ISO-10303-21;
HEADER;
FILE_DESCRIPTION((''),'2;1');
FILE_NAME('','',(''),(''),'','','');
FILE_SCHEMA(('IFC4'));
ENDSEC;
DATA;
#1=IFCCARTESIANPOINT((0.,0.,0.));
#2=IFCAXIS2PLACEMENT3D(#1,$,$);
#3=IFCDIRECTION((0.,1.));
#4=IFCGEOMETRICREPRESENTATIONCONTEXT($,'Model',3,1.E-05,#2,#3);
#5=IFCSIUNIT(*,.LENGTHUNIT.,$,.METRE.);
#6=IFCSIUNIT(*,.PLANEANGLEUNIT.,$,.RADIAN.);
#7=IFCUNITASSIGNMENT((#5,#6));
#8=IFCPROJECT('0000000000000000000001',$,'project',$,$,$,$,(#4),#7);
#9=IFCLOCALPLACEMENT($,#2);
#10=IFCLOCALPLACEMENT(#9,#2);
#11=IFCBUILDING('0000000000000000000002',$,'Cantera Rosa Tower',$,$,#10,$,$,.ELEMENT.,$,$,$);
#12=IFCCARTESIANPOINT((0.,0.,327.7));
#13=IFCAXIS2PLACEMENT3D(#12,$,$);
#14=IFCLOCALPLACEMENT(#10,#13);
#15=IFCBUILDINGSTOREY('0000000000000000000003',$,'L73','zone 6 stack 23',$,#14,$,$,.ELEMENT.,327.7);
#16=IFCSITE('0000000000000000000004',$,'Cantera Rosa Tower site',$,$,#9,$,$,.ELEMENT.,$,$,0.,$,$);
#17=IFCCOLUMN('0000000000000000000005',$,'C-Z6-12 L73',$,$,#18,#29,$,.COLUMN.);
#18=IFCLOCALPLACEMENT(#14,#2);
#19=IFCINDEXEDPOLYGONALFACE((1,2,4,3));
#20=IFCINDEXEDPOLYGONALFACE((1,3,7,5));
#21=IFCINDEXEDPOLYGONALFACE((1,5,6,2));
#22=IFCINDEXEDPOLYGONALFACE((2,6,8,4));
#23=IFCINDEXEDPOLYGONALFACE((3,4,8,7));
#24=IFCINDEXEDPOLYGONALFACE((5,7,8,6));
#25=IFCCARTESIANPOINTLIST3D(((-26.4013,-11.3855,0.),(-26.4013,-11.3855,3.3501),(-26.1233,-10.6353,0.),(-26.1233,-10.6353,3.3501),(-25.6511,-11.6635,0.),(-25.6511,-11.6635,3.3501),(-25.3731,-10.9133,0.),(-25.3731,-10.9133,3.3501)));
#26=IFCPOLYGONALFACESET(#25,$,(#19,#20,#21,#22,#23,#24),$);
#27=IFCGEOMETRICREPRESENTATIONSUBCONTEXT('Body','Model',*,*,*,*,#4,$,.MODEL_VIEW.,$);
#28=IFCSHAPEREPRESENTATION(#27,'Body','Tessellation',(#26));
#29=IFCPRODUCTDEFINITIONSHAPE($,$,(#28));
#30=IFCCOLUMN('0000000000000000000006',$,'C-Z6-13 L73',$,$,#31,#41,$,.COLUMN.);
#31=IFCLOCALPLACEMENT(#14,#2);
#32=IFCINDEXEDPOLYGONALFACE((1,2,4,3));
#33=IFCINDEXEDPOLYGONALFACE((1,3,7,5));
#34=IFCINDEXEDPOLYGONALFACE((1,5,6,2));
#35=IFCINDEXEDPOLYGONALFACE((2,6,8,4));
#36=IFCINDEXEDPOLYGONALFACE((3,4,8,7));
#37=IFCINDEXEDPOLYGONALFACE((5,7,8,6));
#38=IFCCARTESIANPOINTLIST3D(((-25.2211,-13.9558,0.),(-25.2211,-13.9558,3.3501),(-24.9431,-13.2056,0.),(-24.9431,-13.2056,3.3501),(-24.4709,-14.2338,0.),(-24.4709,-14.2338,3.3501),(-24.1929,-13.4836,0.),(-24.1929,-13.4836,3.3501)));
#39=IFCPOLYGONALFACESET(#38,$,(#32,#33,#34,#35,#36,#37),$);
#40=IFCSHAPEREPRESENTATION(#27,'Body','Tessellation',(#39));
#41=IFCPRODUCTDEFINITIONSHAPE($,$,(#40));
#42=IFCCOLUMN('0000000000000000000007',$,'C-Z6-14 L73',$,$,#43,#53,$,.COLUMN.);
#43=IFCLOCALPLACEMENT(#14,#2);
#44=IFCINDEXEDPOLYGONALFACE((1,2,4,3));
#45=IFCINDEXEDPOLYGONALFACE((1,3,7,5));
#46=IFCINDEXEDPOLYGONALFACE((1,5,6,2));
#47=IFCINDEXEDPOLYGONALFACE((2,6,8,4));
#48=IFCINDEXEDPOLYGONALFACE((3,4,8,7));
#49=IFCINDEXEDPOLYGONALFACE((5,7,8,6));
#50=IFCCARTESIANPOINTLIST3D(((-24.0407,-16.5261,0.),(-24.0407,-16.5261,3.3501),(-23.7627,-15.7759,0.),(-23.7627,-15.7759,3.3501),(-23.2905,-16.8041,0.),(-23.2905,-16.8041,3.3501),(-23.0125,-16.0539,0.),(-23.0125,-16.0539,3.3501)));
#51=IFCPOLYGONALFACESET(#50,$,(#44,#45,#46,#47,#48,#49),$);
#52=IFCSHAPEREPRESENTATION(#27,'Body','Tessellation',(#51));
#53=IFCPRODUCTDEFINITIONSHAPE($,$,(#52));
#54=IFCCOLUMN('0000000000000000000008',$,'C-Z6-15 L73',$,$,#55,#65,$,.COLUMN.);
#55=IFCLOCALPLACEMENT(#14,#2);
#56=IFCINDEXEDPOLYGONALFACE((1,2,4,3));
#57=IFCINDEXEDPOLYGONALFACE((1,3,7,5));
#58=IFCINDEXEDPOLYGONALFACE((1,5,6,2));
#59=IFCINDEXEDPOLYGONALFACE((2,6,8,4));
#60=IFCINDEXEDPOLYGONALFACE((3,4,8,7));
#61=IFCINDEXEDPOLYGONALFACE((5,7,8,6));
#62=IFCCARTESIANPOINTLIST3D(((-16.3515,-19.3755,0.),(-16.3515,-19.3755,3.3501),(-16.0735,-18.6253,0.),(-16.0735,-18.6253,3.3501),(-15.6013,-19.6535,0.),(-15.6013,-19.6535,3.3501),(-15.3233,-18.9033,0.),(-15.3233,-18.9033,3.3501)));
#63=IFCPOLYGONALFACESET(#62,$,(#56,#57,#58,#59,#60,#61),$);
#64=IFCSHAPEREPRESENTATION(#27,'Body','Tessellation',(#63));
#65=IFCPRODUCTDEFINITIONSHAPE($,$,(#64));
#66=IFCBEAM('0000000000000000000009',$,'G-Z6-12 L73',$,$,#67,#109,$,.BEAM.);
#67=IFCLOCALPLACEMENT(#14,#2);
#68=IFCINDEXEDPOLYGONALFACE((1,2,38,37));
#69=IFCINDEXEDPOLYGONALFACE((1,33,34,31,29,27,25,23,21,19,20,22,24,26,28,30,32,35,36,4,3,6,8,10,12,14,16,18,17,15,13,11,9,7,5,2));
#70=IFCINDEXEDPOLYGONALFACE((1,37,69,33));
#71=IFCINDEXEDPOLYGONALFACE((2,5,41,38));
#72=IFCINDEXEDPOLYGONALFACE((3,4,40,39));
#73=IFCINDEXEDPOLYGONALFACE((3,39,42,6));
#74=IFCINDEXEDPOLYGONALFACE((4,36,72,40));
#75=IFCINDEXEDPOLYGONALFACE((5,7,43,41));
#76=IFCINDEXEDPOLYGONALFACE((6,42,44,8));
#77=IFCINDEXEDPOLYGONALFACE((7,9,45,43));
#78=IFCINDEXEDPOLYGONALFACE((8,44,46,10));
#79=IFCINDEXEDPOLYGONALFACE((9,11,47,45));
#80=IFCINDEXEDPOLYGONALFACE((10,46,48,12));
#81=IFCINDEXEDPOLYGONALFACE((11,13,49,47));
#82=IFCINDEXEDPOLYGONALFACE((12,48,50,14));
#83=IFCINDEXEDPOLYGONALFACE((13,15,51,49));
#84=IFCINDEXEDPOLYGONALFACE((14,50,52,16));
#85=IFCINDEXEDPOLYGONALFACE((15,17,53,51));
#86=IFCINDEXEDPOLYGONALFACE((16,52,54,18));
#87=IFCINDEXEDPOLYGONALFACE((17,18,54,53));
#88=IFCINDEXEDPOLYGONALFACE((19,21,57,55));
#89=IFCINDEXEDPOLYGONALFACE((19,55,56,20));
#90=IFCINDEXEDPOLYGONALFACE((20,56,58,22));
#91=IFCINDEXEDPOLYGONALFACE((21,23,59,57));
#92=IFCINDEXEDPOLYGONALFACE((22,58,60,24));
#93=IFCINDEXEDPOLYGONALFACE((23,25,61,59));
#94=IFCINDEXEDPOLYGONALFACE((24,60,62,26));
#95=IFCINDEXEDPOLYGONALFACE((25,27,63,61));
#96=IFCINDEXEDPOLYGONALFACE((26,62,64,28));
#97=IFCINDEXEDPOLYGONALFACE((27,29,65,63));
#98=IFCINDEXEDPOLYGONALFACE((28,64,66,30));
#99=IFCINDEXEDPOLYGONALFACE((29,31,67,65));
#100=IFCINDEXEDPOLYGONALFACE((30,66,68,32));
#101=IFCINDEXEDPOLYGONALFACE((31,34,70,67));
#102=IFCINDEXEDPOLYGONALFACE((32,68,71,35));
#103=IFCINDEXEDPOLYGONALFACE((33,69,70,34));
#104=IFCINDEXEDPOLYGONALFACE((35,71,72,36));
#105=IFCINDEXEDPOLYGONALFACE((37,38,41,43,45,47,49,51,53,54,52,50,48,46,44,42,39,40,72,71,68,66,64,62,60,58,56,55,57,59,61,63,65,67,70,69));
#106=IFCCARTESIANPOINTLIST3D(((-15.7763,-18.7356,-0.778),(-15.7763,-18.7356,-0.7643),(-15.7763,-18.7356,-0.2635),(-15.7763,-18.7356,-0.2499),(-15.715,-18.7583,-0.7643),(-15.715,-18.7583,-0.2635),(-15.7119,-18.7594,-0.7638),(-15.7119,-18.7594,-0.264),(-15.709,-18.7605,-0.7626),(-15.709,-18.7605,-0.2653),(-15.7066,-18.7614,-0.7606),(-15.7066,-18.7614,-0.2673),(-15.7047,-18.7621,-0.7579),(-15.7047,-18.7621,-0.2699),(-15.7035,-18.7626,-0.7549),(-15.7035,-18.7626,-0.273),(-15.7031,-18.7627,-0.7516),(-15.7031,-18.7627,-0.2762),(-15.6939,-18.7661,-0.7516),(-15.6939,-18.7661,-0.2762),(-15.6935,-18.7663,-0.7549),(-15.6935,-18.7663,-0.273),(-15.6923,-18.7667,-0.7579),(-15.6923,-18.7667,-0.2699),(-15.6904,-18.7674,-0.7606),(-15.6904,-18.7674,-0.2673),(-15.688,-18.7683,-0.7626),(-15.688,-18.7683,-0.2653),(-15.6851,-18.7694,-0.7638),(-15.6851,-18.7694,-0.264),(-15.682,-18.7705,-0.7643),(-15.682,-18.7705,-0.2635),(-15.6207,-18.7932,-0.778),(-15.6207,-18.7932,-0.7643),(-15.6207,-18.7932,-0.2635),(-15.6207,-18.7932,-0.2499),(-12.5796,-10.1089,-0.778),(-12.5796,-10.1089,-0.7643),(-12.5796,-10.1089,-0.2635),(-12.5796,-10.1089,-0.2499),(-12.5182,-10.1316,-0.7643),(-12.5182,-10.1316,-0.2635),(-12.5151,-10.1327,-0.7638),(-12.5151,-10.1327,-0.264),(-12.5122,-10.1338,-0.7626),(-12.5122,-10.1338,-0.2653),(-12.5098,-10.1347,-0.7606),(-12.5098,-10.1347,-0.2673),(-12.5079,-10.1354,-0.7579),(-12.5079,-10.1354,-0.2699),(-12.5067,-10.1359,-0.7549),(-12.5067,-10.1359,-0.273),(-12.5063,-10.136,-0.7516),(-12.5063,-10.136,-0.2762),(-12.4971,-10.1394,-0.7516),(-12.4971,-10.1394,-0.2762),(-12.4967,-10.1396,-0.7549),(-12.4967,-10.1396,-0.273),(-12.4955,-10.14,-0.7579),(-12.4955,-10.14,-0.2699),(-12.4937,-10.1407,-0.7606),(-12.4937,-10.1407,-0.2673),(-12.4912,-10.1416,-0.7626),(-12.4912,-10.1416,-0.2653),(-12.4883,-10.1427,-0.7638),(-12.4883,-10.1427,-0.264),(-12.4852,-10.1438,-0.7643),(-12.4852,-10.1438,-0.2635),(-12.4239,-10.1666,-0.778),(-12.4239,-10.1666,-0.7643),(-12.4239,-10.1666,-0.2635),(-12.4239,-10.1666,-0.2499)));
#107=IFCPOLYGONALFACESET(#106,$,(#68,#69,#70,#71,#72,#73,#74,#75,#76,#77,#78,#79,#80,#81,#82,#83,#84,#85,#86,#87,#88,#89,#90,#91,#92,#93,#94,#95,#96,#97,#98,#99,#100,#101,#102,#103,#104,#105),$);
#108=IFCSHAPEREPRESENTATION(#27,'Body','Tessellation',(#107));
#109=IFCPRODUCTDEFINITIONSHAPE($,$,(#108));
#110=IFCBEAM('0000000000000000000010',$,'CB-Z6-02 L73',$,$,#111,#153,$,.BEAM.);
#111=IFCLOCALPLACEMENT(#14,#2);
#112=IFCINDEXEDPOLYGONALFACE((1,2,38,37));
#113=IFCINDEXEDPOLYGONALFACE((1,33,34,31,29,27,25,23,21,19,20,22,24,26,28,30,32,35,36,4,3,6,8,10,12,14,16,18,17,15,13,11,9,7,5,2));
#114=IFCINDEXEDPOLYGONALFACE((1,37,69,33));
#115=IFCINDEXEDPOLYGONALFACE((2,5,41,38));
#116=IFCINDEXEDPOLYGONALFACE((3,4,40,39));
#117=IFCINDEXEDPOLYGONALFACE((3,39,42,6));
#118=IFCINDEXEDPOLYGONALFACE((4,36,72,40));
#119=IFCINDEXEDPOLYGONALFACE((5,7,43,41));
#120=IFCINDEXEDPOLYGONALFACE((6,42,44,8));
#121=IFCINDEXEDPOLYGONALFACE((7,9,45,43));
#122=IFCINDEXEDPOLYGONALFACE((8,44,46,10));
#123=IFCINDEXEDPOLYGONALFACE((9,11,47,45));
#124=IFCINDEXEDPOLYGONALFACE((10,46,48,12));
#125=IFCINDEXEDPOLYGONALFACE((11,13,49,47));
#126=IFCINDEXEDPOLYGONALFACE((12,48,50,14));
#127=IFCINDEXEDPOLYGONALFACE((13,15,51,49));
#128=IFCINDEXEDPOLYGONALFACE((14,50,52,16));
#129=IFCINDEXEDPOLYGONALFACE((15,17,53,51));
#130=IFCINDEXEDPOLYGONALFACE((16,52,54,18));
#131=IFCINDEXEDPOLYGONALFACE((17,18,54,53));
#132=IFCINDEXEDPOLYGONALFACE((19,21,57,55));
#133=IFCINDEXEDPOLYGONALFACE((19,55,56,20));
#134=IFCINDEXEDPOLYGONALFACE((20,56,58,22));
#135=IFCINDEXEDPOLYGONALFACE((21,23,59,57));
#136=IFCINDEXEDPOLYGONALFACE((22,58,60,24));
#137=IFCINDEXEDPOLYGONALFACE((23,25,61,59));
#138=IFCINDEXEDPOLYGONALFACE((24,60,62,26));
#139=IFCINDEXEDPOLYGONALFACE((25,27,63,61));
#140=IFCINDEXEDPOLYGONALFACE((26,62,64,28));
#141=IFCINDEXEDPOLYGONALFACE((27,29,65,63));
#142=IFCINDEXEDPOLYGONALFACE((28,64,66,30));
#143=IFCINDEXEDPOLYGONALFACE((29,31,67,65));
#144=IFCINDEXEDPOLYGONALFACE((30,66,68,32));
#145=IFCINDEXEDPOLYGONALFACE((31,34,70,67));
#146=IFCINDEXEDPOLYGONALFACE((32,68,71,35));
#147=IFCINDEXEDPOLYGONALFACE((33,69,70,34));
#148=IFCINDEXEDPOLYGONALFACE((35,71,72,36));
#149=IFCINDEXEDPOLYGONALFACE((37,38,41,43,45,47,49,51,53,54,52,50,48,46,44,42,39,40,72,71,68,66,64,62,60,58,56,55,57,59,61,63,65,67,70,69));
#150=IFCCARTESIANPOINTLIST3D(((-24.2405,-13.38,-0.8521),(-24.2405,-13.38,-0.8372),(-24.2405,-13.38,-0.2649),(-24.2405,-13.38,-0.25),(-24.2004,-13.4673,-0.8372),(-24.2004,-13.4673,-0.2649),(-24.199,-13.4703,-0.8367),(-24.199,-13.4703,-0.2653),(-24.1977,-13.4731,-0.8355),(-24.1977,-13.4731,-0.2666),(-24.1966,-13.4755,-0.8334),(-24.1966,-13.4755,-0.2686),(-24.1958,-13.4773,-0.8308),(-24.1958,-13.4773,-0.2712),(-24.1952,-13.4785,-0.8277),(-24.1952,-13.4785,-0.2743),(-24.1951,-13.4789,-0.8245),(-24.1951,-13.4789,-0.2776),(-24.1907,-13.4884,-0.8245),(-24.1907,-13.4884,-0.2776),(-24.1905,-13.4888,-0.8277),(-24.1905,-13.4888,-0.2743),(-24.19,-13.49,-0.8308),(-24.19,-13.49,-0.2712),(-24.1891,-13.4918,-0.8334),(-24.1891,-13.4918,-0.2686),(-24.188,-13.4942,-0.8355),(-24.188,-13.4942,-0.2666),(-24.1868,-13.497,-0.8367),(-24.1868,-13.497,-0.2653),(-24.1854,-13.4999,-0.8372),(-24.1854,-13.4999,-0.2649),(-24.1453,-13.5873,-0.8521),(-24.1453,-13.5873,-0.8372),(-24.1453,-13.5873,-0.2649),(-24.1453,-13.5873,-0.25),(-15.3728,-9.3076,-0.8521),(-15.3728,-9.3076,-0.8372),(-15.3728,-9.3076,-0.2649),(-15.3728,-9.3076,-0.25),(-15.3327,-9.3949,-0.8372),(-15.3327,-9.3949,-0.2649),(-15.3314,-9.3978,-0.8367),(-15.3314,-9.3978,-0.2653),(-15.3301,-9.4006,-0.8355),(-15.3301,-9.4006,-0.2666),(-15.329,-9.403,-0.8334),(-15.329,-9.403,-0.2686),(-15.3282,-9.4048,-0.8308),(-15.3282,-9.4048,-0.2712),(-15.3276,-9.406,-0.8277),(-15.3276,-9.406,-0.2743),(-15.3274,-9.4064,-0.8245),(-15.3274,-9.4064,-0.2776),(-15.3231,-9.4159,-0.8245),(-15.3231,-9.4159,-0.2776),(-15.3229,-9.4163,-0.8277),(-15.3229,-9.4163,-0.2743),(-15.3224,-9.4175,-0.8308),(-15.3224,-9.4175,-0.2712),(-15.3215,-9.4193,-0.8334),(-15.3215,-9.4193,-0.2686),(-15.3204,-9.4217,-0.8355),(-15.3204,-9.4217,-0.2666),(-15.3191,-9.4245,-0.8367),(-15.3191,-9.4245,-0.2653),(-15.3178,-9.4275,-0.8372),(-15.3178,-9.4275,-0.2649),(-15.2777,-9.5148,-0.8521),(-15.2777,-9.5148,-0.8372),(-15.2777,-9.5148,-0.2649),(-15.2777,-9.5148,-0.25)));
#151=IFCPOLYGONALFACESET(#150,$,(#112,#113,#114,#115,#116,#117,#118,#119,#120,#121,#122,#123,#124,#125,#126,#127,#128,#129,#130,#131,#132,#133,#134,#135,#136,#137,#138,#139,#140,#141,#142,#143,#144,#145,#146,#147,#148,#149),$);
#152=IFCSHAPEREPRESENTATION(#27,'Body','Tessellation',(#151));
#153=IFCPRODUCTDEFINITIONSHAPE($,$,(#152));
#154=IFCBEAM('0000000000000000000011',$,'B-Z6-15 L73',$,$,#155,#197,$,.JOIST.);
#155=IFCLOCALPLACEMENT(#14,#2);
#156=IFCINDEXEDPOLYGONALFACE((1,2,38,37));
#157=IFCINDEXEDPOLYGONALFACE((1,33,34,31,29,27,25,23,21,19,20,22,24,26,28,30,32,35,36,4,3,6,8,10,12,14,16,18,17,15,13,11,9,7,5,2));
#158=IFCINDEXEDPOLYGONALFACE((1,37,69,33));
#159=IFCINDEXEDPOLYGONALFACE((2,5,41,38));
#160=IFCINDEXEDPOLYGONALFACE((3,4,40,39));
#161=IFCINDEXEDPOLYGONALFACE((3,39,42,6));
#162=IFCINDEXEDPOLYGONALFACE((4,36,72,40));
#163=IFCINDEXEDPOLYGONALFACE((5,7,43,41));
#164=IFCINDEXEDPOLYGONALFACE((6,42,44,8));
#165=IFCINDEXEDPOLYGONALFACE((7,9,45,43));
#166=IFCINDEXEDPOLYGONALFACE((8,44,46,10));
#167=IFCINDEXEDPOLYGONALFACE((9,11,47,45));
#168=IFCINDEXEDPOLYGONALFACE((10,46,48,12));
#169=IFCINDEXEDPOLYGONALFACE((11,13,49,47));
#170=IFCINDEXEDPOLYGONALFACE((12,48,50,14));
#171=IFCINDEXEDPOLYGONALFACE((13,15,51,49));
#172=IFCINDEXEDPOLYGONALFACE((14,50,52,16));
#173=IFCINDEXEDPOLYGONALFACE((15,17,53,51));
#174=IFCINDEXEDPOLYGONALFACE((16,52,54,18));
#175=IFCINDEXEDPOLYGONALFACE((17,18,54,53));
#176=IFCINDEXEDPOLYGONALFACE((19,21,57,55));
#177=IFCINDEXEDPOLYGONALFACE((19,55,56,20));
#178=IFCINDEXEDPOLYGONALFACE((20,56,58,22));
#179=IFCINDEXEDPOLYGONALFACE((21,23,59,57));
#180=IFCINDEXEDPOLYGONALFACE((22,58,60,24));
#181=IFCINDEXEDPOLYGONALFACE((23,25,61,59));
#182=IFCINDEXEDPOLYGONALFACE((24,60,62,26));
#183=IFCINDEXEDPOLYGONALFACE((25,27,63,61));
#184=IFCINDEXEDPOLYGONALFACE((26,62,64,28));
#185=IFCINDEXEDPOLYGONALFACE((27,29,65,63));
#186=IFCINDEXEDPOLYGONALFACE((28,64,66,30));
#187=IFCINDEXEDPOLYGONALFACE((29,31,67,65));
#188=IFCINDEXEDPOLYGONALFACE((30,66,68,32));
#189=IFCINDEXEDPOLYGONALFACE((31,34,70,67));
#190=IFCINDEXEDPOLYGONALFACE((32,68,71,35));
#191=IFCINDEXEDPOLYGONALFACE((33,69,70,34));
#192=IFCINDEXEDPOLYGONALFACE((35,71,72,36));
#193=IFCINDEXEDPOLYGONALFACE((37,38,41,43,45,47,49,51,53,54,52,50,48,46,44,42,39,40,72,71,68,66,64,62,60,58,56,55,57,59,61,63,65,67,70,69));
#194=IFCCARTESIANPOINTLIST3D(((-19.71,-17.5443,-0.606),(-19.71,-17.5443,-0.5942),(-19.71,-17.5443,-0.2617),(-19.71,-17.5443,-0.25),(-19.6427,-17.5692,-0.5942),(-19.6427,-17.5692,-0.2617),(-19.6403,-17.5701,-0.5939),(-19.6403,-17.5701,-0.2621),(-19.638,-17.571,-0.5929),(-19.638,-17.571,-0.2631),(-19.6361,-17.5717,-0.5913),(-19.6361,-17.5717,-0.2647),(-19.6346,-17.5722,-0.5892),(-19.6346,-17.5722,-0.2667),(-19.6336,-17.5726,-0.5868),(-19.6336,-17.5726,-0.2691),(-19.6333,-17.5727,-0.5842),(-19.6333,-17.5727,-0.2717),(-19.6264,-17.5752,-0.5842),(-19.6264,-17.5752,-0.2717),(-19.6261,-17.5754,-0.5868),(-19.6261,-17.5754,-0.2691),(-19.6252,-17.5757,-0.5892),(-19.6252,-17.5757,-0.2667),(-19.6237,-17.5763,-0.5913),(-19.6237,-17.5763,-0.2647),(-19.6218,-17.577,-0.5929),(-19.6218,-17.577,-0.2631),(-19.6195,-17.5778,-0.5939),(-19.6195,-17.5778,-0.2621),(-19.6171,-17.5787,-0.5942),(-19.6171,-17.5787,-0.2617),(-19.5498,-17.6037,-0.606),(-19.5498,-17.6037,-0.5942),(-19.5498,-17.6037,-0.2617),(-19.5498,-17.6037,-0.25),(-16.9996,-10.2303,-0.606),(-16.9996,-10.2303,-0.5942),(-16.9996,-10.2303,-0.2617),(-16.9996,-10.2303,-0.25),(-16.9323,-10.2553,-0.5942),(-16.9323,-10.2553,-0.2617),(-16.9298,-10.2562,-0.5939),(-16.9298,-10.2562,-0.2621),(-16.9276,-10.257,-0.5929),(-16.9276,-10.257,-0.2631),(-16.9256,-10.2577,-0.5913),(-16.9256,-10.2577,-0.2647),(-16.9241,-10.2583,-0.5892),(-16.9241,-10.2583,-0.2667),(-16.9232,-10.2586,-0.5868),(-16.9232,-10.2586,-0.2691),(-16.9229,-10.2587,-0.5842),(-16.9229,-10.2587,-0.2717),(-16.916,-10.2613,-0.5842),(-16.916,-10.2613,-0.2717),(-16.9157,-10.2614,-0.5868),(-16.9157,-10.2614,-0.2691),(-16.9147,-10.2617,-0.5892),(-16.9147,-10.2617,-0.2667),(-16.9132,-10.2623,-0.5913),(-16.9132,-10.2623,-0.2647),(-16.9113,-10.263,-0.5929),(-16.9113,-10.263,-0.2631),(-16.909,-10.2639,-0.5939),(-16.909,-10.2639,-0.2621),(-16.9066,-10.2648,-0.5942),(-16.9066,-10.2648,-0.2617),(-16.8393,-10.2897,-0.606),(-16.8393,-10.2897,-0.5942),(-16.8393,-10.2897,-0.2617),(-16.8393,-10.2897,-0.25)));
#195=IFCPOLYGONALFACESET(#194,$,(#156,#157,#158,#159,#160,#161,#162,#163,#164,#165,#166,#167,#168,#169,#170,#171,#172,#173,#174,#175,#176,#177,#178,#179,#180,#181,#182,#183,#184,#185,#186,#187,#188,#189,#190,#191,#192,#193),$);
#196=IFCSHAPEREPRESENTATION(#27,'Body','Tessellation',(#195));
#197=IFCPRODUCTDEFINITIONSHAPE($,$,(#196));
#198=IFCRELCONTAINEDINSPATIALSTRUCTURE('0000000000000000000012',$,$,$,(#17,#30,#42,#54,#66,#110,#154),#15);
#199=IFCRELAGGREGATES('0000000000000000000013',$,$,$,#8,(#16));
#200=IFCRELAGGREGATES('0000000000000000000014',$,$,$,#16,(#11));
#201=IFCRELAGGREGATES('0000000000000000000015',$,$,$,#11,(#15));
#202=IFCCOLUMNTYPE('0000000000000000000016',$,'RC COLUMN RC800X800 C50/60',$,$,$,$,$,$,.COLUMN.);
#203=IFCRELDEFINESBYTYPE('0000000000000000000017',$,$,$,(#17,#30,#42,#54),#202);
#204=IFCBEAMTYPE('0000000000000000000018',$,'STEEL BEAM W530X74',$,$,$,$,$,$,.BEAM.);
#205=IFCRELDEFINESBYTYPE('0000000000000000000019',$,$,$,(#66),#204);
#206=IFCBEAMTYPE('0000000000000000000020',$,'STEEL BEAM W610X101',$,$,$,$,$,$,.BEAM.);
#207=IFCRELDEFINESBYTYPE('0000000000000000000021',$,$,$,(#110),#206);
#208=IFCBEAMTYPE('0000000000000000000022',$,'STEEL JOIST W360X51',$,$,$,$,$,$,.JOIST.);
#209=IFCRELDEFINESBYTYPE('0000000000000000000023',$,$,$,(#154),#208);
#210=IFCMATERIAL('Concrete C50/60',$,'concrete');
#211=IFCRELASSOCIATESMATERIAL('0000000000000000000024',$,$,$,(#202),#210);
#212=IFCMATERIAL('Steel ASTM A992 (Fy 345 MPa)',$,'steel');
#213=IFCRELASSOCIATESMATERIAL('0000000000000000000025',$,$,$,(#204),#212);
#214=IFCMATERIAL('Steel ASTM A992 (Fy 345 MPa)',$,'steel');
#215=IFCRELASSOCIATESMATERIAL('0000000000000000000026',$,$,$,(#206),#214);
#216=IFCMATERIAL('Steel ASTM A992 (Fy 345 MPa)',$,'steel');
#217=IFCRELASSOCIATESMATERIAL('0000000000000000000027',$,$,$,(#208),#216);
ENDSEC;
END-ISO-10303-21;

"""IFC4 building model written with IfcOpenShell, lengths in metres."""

from ifc_helpers import new_model, si_unit, direction, frame, origin, origin_2d, place, context, subcontext, project, spatial, rectangle, i_section, extrude, material, material_profile, profile_set, type_object, element, save


model = new_model("IFC4")

# Units and contexts
model_context = context("Model", 3, precision=1e-05, world=origin(), true_north=direction((0.0, 1.0)))
body_context = subcontext(model_context, "Body", "Model", "MODEL_VIEW")
ifc_project = project(units=[si_unit("LENGTHUNIT", "METRE"), si_unit("PLANEANGLEUNIT", "RADIAN")], contexts=[model_context])

# Site, building, storey
site_placement = place(None, origin())
site = spatial("IfcSite", under=ifc_project, at=site_placement, Name="Cantera Rosa Tower site", CompositionType="ELEMENT", RefElevation=0.0)
building_placement = place(site_placement, origin())
building = spatial("IfcBuilding", under=site, at=building_placement, Name="Cantera Rosa Tower", CompositionType="ELEMENT")
storey_placement = place(building_placement, frame((0.0, 0.0, 327.7)))
storey = spatial("IfcBuildingStorey", under=building, at=storey_placement, Name="L73", Description="zone 6 stack 23", CompositionType="ELEMENT", Elevation=327.7)

# Columns
ifc_material_1 = material(Name="Concrete C50/60", Category="concrete")
ifc_material_profile_1 = material_profile(ifc_material_1, rectangle(XDim=0.8, YDim=0.8, at=origin_2d()), Name="RC COLUMN RC800X800 C50/60")
ifc_profile_set_1 = profile_set([ifc_material_profile_1], Name="Concrete C50/60")
column_type = type_object("IfcColumnType", Name="RC COLUMN RC800X800 C50/60", PredefinedType="COLUMN", material=ifc_profile_set_1)
for number, where, z_axis, x_axis, name in (
    (1, (-25.8872, -11.1494, 0.0), (0.0, 0.0, 1.0), (0.347481, 0.937687, 0.0), "C-Z6-12 L73"),
    (2, (-24.707, -13.7197, 0.0), (0.0, 0.0, 1.0), (0.347481, 0.937687, 0.0), "C-Z6-13 L73"),
    (3, (-23.5266, -16.29, 0.0), (0.0, 0.0, 1.0), (0.347481, 0.937687, 0.0), "C-Z6-14 L73"),
    (4, (-15.8374, -19.1394, 0.0), (0.0, 0.0, 1.0), (0.347481, 0.937687, 0.0), "C-Z6-15 L73"),
):
    element("IfcColumn", number, at=place(storey_placement, frame(where, z_axis=z_axis, x_axis=x_axis)), inside=storey, type_object=column_type, Name=name, PredefinedType="COLUMN", context=body_context, shape_type="SweptSolid", body=[
        extrude(rectangle(XDim=0.8, YDim=0.8, at=origin_2d()), origin(), (0.0, 0.0, 1.0), 3.3501),
    ])

# Beams
ifc_material_2 = material(Name="Steel ASTM A992 (Fy 345 MPa)", Category="steel")
ifc_material_profile_2 = material_profile(ifc_material_2, i_section(OverallWidth=0.166, OverallDepth=0.5281, WebThickness=0.0098, FlangeThickness=0.0137, FilletRadius=0.0127, at=origin_2d()), Name="W530X74")
ifc_profile_set_2 = profile_set([ifc_material_profile_2], Name="Steel ASTM A992 (Fy 345 MPa)")
beam_type_1 = type_object("IfcBeamType", Name="STEEL BEAM W530X74", PredefinedType="BEAM", material=ifc_profile_set_2)
beam_1_placement = place(storey_placement, frame((-15.6985, -18.7644, -0.5139), z_axis=(0.347477, 0.937689, 0.0), x_axis=(-0.937689, 0.347477, 0.0)))
element("IfcBeam", 5, at=beam_1_placement, inside=storey, type_object=beam_type_1, Name="G-Z6-12 L73", PredefinedType="BEAM", context=body_context, shape_type="SweptSolid", body=[
    extrude(i_section(OverallWidth=0.166, OverallDepth=0.5281, WebThickness=0.0098, FlangeThickness=0.0137, FilletRadius=0.0127, at=origin_2d()), origin(), (0.0, 0.0, 1.0), 9.2),
])
ifc_material_3 = material(Name="Steel ASTM A992 (Fy 345 MPa)", Category="steel")
ifc_material_profile_3 = material_profile(ifc_material_3, i_section(OverallWidth=0.228, OverallDepth=0.6021, WebThickness=0.0105, FlangeThickness=0.0149, FilletRadius=0.0127, at=origin_2d()), Name="W610X101")
ifc_profile_set_3 = profile_set([ifc_material_profile_3], Name="Steel ASTM A992 (Fy 345 MPa)")
beam_type_2 = type_object("IfcBeamType", Name="STEEL BEAM W610X101", PredefinedType="BEAM", material=ifc_profile_set_3)
beam_2_placement = place(storey_placement, frame((-24.1929, -13.4836, -0.551), z_axis=(0.908748, 0.417346, 0.0), x_axis=(-0.417346, 0.908748, 0.0)))
element("IfcBeam", 6, at=beam_2_placement, inside=storey, type_object=beam_type_2, Name="CB-Z6-02 L73", PredefinedType="BEAM", context=body_context, shape_type="SweptSolid", body=[
    extrude(i_section(OverallWidth=0.228, OverallDepth=0.6021, WebThickness=0.0105, FlangeThickness=0.0149, FilletRadius=0.0127, at=origin_2d()), origin(), (0.0, 0.0, 1.0), 9.7581),
])
ifc_material_4 = material(Name="Steel ASTM A992 (Fy 345 MPa)", Category="steel")
ifc_material_profile_4 = material_profile(ifc_material_4, i_section(OverallWidth=0.1709, OverallDepth=0.356, WebThickness=0.0073, FlangeThickness=0.0117, FilletRadius=0.01, at=origin_2d()), Name="W360X51")
ifc_profile_set_4 = profile_set([ifc_material_profile_4], Name="Steel ASTM A992 (Fy 345 MPa)")
beam_type_3 = type_object("IfcBeamType", Name="STEEL JOIST W360X51", PredefinedType="JOIST", material=ifc_profile_set_4)
beam_3_placement = place(storey_placement, frame((-19.6299, -17.574, -0.428), z_axis=(0.347492, 0.937683, 0.0), x_axis=(-0.937683, 0.347492, 0.0)))
element("IfcBeam", 7, at=beam_3_placement, inside=storey, type_object=beam_type_3, Name="B-Z6-15 L73", PredefinedType="JOIST", context=body_context, shape_type="SweptSolid", body=[
    extrude(i_section(OverallWidth=0.1709, OverallDepth=0.356, WebThickness=0.0073, FlangeThickness=0.0117, FilletRadius=0.01, at=origin_2d()), origin(), (0.0, 0.0, 1.0), 7.8),
])

save(model, "model.ifc")
